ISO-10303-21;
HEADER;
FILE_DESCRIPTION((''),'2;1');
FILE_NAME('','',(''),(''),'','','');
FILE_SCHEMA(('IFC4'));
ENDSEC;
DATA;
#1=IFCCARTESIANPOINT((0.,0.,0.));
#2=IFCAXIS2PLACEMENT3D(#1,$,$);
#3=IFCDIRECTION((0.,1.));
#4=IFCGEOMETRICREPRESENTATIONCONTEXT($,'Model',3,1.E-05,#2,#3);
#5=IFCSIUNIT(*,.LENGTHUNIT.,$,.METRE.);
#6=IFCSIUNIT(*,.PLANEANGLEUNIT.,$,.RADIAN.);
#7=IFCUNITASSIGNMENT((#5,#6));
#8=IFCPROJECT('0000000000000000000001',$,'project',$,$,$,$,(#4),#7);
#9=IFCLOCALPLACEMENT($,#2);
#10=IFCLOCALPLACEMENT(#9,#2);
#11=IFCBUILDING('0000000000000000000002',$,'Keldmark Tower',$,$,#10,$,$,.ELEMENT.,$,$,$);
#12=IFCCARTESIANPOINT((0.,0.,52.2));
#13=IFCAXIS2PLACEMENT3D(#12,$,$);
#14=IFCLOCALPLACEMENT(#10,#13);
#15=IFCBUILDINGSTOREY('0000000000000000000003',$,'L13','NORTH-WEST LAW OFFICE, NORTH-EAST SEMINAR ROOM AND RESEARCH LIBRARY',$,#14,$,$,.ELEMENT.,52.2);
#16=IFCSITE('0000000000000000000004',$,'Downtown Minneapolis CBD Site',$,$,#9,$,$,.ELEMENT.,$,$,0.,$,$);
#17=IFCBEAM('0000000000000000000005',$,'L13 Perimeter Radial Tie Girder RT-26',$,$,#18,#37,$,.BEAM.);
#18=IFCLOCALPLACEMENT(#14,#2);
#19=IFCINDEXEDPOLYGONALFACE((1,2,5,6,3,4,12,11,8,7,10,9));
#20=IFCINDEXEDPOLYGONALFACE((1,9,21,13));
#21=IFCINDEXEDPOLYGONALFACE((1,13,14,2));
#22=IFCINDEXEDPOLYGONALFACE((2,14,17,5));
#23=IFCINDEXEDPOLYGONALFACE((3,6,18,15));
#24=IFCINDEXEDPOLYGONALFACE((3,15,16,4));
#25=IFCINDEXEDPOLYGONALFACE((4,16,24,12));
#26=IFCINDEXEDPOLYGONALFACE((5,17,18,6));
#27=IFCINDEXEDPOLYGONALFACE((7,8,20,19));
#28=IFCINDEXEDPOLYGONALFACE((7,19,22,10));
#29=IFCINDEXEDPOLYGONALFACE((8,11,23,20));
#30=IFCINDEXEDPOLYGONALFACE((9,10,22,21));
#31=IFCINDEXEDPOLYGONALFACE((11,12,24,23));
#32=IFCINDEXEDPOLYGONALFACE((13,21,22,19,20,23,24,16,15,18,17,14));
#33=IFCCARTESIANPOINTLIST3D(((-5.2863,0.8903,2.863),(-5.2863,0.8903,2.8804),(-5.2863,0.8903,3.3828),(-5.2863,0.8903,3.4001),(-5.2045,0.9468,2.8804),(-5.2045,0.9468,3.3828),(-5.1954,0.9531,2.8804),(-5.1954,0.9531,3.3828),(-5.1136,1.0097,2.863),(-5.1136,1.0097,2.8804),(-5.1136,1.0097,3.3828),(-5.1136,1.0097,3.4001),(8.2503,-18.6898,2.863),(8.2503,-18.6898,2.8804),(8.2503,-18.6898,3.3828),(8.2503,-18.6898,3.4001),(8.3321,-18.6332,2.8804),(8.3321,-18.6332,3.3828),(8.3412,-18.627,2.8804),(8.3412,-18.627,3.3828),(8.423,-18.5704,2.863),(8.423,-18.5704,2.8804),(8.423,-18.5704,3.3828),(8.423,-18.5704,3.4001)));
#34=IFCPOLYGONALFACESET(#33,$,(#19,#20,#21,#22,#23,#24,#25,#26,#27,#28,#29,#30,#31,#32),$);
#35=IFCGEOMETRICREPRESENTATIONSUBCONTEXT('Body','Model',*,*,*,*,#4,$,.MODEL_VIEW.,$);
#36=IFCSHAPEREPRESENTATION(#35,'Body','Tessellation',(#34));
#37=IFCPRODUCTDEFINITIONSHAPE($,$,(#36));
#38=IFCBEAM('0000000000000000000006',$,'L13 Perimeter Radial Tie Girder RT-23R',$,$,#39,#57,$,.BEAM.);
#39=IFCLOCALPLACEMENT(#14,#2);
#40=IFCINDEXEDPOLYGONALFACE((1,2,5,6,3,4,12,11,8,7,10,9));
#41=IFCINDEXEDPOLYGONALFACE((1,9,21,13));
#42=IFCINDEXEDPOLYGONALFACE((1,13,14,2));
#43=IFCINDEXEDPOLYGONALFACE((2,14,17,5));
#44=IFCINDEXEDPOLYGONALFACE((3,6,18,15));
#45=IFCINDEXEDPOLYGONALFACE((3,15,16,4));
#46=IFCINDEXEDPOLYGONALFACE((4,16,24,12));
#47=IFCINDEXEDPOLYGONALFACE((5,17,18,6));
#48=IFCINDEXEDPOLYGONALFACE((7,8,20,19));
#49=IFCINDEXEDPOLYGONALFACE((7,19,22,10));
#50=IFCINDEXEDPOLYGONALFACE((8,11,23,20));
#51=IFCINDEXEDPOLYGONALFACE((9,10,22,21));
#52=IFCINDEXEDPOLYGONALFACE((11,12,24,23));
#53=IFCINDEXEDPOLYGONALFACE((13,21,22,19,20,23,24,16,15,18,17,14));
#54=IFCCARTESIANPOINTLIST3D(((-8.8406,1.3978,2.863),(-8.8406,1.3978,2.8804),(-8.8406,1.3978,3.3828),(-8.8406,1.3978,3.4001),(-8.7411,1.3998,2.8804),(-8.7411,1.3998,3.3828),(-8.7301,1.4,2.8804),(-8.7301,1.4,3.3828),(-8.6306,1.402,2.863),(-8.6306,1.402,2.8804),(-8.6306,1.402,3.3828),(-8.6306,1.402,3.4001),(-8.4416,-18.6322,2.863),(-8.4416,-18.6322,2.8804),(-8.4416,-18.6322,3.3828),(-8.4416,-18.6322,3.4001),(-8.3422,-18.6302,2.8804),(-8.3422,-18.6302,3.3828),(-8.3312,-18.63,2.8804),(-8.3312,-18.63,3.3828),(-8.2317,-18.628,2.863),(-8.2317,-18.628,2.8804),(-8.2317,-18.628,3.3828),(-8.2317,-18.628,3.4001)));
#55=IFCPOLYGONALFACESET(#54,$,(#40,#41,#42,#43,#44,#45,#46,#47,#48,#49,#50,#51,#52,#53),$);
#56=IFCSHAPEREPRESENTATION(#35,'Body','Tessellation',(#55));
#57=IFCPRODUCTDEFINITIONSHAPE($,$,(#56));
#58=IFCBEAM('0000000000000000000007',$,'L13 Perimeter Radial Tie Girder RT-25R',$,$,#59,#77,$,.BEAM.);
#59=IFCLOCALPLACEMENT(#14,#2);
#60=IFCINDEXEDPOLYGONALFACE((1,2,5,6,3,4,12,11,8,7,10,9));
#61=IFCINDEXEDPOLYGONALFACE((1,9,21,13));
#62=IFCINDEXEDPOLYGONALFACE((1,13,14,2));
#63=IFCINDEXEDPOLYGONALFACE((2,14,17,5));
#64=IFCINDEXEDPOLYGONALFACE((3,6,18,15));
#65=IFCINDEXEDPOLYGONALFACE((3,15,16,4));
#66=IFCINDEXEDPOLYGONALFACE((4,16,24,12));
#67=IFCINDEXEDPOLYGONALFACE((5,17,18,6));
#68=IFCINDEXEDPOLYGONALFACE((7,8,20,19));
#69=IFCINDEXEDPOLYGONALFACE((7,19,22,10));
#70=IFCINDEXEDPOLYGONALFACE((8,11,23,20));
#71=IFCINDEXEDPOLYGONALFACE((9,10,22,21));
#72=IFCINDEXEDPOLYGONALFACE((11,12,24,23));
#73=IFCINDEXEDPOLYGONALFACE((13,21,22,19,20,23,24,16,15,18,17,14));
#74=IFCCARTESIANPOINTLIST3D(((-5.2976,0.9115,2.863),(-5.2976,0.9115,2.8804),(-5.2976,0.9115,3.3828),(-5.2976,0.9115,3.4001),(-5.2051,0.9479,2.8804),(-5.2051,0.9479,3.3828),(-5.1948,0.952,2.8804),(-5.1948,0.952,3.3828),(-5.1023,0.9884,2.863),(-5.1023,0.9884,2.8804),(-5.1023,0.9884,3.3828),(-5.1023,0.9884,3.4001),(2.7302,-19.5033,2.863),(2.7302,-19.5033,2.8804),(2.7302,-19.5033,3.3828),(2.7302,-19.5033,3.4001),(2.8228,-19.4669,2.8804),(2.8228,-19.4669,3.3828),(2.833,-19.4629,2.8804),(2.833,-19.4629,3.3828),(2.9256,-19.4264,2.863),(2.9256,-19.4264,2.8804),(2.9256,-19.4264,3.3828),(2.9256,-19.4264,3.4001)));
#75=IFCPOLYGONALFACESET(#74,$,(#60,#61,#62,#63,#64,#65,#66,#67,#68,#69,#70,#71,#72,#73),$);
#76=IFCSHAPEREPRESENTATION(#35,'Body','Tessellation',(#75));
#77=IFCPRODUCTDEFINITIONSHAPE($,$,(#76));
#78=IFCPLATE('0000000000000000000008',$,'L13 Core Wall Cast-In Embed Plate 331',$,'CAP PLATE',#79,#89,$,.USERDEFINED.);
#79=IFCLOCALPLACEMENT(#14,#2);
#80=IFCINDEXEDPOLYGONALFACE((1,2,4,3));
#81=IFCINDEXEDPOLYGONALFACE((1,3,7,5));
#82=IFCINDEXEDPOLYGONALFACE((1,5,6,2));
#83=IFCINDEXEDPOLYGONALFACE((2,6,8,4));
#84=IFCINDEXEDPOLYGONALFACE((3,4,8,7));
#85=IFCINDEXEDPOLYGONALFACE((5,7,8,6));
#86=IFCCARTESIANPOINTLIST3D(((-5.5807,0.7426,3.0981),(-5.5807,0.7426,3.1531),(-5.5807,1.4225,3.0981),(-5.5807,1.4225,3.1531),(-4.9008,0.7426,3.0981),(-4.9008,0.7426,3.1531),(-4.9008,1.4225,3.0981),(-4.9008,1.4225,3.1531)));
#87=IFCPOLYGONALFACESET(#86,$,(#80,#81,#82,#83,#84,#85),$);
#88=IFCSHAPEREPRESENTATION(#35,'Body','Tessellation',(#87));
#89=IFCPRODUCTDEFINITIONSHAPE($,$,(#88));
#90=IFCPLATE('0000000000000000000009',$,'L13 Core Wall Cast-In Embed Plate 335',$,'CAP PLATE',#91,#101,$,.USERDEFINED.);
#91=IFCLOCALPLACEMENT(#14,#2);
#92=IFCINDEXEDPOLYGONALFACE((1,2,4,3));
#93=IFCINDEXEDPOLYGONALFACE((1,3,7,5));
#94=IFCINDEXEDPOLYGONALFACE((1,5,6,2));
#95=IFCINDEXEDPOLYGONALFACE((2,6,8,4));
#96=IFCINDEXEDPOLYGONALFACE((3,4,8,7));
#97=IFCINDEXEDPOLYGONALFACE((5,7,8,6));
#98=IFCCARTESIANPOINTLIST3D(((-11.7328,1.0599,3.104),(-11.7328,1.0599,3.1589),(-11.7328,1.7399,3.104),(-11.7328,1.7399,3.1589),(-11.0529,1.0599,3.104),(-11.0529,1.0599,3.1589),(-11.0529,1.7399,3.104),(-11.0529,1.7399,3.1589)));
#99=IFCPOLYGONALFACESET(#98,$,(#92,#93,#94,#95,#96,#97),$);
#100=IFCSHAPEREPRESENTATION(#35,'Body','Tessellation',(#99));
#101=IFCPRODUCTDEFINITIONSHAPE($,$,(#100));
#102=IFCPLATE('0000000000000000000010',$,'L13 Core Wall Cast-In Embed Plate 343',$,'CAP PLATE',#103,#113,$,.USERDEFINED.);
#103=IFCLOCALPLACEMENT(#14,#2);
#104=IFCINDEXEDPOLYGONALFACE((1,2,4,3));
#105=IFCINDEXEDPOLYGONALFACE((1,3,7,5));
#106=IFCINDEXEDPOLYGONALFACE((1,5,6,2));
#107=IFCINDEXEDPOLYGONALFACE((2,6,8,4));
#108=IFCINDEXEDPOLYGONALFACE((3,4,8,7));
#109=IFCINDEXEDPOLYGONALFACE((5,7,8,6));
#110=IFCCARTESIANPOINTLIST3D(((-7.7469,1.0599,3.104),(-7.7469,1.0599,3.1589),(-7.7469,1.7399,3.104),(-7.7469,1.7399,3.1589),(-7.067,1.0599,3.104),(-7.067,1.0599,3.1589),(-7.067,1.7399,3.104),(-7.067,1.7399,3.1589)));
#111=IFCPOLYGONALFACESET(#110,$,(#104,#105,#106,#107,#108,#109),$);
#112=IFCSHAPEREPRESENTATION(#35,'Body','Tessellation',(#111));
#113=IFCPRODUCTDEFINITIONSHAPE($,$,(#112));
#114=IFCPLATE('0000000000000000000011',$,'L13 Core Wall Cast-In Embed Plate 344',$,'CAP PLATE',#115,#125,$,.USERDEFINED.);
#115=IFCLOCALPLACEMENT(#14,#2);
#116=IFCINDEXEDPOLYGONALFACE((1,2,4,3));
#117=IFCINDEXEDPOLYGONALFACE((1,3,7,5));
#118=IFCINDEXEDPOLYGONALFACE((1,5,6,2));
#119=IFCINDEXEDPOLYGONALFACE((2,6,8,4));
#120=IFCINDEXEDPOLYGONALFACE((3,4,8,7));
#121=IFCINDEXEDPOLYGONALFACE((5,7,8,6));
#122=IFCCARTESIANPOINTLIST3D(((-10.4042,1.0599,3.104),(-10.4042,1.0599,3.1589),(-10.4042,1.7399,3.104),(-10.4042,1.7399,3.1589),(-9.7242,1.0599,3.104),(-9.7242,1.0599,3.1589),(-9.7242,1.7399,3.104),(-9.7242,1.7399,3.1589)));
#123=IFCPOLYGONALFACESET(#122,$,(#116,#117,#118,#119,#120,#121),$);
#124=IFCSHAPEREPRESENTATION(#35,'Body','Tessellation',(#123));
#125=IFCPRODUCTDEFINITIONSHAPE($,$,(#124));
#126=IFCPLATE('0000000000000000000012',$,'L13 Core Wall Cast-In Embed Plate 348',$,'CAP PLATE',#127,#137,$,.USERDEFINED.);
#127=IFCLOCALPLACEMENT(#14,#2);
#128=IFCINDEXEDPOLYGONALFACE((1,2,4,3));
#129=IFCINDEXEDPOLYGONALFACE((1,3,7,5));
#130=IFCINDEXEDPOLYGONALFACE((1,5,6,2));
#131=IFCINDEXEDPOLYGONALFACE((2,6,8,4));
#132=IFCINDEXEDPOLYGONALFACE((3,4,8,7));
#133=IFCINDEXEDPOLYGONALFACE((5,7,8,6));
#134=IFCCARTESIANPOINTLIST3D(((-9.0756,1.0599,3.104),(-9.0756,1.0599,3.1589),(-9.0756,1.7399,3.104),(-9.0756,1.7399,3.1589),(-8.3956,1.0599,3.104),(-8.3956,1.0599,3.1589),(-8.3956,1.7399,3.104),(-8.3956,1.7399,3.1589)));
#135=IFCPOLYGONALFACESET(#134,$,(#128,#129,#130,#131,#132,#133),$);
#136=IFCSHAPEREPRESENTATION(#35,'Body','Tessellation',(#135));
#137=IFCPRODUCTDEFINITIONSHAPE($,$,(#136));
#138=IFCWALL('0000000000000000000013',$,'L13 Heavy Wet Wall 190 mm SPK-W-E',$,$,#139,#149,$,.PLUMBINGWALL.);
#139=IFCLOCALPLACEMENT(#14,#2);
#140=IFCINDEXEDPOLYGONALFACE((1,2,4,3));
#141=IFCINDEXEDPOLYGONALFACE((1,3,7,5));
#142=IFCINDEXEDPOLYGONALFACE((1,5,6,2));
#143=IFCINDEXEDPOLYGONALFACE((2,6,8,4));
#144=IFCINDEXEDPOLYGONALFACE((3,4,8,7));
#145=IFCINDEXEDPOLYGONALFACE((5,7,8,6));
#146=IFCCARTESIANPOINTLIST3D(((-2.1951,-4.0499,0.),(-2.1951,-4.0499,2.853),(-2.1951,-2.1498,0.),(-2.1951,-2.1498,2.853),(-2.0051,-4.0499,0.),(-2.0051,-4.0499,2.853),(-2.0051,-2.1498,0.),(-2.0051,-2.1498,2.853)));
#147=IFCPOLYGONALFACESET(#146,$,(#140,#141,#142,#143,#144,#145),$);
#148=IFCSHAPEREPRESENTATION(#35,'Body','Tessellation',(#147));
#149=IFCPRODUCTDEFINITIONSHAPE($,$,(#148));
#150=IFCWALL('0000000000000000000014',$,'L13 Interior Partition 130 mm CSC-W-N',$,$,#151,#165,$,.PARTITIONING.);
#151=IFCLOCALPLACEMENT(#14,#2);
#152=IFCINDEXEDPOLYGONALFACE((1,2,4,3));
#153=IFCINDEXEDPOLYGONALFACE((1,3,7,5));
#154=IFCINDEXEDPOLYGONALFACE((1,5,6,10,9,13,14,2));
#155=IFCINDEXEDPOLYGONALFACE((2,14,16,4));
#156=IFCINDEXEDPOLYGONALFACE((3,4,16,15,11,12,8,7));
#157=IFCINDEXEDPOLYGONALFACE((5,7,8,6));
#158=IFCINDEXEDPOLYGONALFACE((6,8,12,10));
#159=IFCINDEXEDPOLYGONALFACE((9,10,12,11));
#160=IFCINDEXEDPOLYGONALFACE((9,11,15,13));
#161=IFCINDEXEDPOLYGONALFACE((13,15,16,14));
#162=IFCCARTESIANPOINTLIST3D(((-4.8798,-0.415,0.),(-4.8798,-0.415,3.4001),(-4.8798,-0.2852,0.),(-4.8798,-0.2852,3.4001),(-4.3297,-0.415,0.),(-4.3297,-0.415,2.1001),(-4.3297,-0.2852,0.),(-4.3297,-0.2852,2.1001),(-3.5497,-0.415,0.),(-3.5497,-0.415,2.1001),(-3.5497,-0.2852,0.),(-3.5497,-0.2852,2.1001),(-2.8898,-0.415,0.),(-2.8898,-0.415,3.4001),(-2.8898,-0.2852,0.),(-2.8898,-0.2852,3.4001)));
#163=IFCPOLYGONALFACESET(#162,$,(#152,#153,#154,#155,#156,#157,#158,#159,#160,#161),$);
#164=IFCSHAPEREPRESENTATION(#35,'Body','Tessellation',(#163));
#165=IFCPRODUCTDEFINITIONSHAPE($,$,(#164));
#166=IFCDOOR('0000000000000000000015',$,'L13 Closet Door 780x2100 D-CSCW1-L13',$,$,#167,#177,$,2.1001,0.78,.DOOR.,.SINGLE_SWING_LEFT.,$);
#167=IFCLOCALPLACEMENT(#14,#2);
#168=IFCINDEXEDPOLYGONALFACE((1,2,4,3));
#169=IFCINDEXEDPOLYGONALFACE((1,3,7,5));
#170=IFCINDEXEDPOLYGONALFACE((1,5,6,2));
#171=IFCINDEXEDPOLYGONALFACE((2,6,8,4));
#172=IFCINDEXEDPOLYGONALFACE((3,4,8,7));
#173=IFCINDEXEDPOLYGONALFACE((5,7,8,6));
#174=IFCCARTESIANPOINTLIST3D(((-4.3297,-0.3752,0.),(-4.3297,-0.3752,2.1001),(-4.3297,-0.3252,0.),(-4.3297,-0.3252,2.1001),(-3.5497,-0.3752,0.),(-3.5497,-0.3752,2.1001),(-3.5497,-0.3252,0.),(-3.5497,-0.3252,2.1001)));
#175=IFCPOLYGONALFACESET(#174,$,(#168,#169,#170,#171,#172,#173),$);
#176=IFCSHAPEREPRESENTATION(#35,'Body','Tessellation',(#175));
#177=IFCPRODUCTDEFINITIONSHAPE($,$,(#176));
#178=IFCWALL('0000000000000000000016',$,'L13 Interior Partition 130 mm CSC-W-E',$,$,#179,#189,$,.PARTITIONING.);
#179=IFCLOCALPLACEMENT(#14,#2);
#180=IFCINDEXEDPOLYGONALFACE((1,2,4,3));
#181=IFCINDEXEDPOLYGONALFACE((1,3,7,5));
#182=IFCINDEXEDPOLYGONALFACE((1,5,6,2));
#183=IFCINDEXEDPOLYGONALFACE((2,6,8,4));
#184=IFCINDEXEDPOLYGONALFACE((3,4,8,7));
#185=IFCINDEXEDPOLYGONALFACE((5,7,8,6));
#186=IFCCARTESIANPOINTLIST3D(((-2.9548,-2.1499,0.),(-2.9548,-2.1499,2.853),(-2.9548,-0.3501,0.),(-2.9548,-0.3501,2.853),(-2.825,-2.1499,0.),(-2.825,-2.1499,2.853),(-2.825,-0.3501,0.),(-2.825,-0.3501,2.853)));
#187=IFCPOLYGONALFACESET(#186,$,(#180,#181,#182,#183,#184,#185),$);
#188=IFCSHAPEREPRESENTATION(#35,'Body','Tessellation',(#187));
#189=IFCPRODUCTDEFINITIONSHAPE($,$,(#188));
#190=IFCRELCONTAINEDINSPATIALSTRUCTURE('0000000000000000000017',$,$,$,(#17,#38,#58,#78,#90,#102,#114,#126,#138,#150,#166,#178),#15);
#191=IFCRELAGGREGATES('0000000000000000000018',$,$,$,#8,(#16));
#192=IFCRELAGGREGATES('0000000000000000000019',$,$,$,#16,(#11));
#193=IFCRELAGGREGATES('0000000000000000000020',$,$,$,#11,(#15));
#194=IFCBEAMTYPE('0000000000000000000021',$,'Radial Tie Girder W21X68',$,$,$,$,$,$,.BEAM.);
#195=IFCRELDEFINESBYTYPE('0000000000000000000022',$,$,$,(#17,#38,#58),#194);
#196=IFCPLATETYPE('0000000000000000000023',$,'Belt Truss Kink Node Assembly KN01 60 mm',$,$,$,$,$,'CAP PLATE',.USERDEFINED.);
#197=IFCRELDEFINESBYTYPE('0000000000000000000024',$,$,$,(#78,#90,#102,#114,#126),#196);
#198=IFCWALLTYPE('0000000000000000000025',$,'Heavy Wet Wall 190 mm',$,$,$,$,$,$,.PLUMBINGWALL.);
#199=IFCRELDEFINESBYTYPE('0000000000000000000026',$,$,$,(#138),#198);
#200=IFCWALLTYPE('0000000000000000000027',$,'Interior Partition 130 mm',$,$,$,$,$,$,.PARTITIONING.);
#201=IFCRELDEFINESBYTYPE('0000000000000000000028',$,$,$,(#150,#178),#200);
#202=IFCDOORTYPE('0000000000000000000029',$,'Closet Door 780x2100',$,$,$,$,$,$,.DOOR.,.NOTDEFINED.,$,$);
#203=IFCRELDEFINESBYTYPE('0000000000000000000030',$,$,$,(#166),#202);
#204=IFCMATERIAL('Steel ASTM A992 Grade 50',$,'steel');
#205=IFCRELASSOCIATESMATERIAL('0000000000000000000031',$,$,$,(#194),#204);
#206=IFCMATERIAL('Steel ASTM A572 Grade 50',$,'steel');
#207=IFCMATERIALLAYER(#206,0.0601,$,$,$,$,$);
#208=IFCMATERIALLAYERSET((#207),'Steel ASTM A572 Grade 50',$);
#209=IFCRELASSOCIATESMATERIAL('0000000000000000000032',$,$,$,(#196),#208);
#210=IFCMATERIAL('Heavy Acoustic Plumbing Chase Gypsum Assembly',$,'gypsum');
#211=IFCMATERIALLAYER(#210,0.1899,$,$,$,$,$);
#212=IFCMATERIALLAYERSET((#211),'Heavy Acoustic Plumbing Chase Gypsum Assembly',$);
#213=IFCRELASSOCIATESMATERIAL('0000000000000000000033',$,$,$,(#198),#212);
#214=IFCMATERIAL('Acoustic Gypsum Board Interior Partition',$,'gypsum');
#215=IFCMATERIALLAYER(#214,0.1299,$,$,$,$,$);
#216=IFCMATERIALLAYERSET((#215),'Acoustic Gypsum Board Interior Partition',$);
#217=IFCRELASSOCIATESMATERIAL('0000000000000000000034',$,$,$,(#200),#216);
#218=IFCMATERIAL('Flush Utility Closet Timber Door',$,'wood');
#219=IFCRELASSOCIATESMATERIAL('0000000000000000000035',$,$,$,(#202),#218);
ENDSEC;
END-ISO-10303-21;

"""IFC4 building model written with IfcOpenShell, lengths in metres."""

from ifc_helpers import new_model, si_unit, direction, frame, frame_2d, origin, origin_2d, place, context, subcontext, project, spatial, rectangle, i_section, extrude, material, layer, layer_set, material_profile, profile_set, type_object, element, fill, save


model = new_model("IFC4")

# Units and contexts
model_context = context("Model", 3, precision=1e-05, world=origin(), true_north=direction((0.0, 1.0)))
body_context = subcontext(model_context, "Body", "Model", "MODEL_VIEW")
ifc_project = project(units=[si_unit("LENGTHUNIT", "METRE"), si_unit("PLANEANGLEUNIT", "RADIAN")], contexts=[model_context])

# Site, building, storey
site_placement = place(None, origin())
site = spatial("IfcSite", under=ifc_project, at=site_placement, Name="Downtown Minneapolis CBD Site", CompositionType="ELEMENT", RefElevation=0.0)
building_placement = place(site_placement, origin())
building = spatial("IfcBuilding", under=site, at=building_placement, Name="Keldmark Tower", CompositionType="ELEMENT")
storey_placement = place(building_placement, frame((0.0, 0.0, 52.2)))
storey = spatial("IfcBuildingStorey", under=building, at=storey_placement, Name="L13", Description="NORTH-WEST LAW OFFICE, NORTH-EAST SEMINAR ROOM AND RESEARCH LIBRARY", CompositionType="ELEMENT", Elevation=52.2)

# Beams
ifc_material_1 = material(Name="Steel ASTM A992 Grade 50", Category="steel")
ifc_material_profile_1 = material_profile(ifc_material_1, i_section(OverallWidth=0.21, OverallDepth=0.5371, WebThickness=0.011, FlangeThickness=0.0173, at=origin_2d()), Name="W21X68")
ifc_profile_set_1 = profile_set([ifc_material_profile_1], Name="Steel ASTM A992 Grade 50")
beam_type_1 = type_object("IfcBeamType", Name="Radial Tie Girder W21X68", PredefinedType="BEAM", material=ifc_profile_set_1)
beam_1_placement = place(storey_placement, frame((-5.2, 0.95, 3.1316), z_axis=(0.568675, -0.822562, 0.0), x_axis=(0.822562, 0.568675, 0.0)))
element("IfcBeam", 1, at=beam_1_placement, inside=storey, type_object=beam_type_1, Name="L13 Perimeter Radial Tie Girder RT-26", PredefinedType="BEAM", context=body_context, shape_type="SweptSolid", body=[
    extrude(i_section(OverallWidth=0.21, OverallDepth=0.5371, WebThickness=0.011, FlangeThickness=0.0173, at=origin_2d()), origin(), (0.0, 0.0, 1.0), 23.8037),
])
beam_2_placement = place(storey_placement, frame((-8.7356, 1.3999, 3.1316), z_axis=(0.019912, -0.999802, 0.0), x_axis=(0.999802, 0.019912, 0.0)))
element("IfcBeam", 2, at=beam_2_placement, inside=storey, type_object=beam_type_1, Name="L13 Perimeter Radial Tie Girder RT-23R", PredefinedType="BEAM", context=body_context, shape_type="SweptSolid", body=[
    extrude(i_section(OverallWidth=0.21, OverallDepth=0.5371, WebThickness=0.011, FlangeThickness=0.0173, at=origin_2d()), origin(), (0.0, 0.0, 1.0), 20.0339),
])
beam_3_placement = place(storey_placement, frame((-5.2, 0.95, 3.1316), z_axis=(0.365958, -0.930631, 0.0), x_axis=(0.930631, 0.365958, 0.0)))
element("IfcBeam", 3, at=beam_3_placement, inside=storey, type_object=beam_type_1, Name="L13 Perimeter Radial Tie Girder RT-25R", PredefinedType="BEAM", context=body_context, shape_type="SweptSolid", body=[
    extrude(i_section(OverallWidth=0.21, OverallDepth=0.5371, WebThickness=0.011, FlangeThickness=0.0173, at=origin_2d()), origin(), (0.0, 0.0, 1.0), 21.9365),
])

# Plates
ifc_material_2 = material(Name="Steel ASTM A572 Grade 50", Category="steel")
ifc_layer_1 = layer(ifc_material_2, 0.0601)
ifc_layer_set_1 = layer_set([ifc_layer_1], Name="Steel ASTM A572 Grade 50")
plate_type = type_object("IfcPlateType", Name="Belt Truss Kink Node Assembly KN01 60 mm", ElementType="CAP PLATE", PredefinedType="USERDEFINED", material=ifc_layer_set_1)
for number, where, z_axis, x_axis, name in (
    (4, (-5.2407, 1.0825, 3.0981), (0.0, 0.0, 1.0), (1.0, 0.0, 0.0), "L13 Core Wall Cast-In Embed Plate 331"),
    (5, (-11.3928, 1.3999, 3.104), (0.0, 0.0, 1.0), (1.0, 0.0, 0.0), "L13 Core Wall Cast-In Embed Plate 335"),
    (6, (-7.407, 1.3999, 3.104), (0.0, 0.0, 1.0), (1.0, 0.0, 0.0), "L13 Core Wall Cast-In Embed Plate 343"),
    (7, (-10.0642, 1.3999, 3.104), (0.0, 0.0, 1.0), (1.0, 0.0, 0.0), "L13 Core Wall Cast-In Embed Plate 344"),
    (8, (-8.7356, 1.3999, 3.104), (0.0, 0.0, 1.0), (1.0, 0.0, 0.0), "L13 Core Wall Cast-In Embed Plate 348"),
):
    element("IfcPlate", number, at=place(storey_placement, frame(where, z_axis=z_axis, x_axis=x_axis)), inside=storey, type_object=plate_type, Name=name, ObjectType="CAP PLATE", PredefinedType="USERDEFINED", context=body_context, shape_type="SweptSolid", body=[
        extrude(rectangle(XDim=0.6799, YDim=0.6799, at=origin_2d()), origin(), (0.0, 0.0, 1.0), 0.0549),
    ])

# Wall
ifc_material_3 = material(Name="Heavy Acoustic Plumbing Chase Gypsum Assembly", Category="gypsum")
ifc_layer_2 = layer(ifc_material_3, 0.1899)
ifc_layer_set_2 = layer_set([ifc_layer_2], Name="Heavy Acoustic Plumbing Chase Gypsum Assembly")
wall_type_1 = type_object("IfcWallType", Name="Heavy Wet Wall 190 mm", PredefinedType="PLUMBINGWALL", material=ifc_layer_set_2)
wall_1_placement = place(storey_placement, frame((-2.1001, -4.05, 0.0), z_axis=(0.0, 0.0, 1.0), x_axis=(0.0, 1.0, 0.0)))
element("IfcWall", 9, at=wall_1_placement, inside=storey, type_object=wall_type_1, Name="L13 Heavy Wet Wall 190 mm SPK-W-E", PredefinedType="PLUMBINGWALL", context=body_context, shape_type="SweptSolid", body=[
    extrude(rectangle(XDim=1.9001, YDim=0.1899, at=frame_2d((0.9502, 0.0))), origin(), (0.0, 0.0, 1.0), 2.853),
])

# Wall, opening, door
ifc_material_4 = material(Name="Acoustic Gypsum Board Interior Partition", Category="gypsum")
ifc_layer_3 = layer(ifc_material_4, 0.1299)
ifc_layer_set_3 = layer_set([ifc_layer_3], Name="Acoustic Gypsum Board Interior Partition")
wall_type_2 = type_object("IfcWallType", Name="Interior Partition 130 mm", PredefinedType="PARTITIONING", material=ifc_layer_set_3)
wall_2_placement = place(storey_placement, frame((-4.8799, -0.3501, 0.0), z_axis=(0.0, 0.0, 1.0), x_axis=(1.0, 0.0, 0.0)))
wall_2 = element("IfcWall", 10, at=wall_2_placement, inside=storey, type_object=wall_type_2, Name="L13 Interior Partition 130 mm CSC-W-N", PredefinedType="PARTITIONING", context=body_context, shape_type="SweptSolid", body=[
    extrude(rectangle(XDim=1.99, YDim=0.1299, at=frame_2d((0.9951, 0.0))), origin(), (0.0, 0.0, 1.0), 3.4001),
])
opening_1_placement = place(wall_2_placement, frame((0.55, 0.0, 0.0)))
opening_1 = element("IfcOpeningElement", 11, at=opening_1_placement, cuts=wall_2, PredefinedType="OPENING", context=body_context, shape_type="SweptSolid", body=[
    extrude(rectangle(XDim=0.78, YDim=2.1001, at=frame_2d((0.3901, 1.05))), frame((0.0, 0.075, 0.0), z_axis=(0.0, -1.0, 0.0), x_axis=(1.0, 0.0, 0.0)), (0.0, 0.0, 1.0), 0.1499),
])
ifc_material_5 = material(Name="Flush Utility Closet Timber Door", Category="wood")
door_type_1 = type_object("IfcDoorType", Name="Closet Door 780x2100", OperationType="NOTDEFINED", PredefinedType="DOOR", material=ifc_material_5)
door_1_placement = place(opening_1_placement, origin())
door_1 = element("IfcDoor", 12, at=door_1_placement, inside=storey, type_object=door_type_1, Name="L13 Closet Door 780x2100 D-CSCW1-L13", OperationType="SINGLE_SWING_LEFT", OverallHeight=2.1001, OverallWidth=0.78, PredefinedType="DOOR", context=body_context, shape_type="SweptSolid", body=[
    extrude(rectangle(XDim=0.78, YDim=2.1001, at=frame_2d((0.3901, 1.05))), frame((0.0, 0.0249, 0.0), z_axis=(0.0, -1.0, 0.0), x_axis=(1.0, 0.0, 0.0)), (0.0, 0.0, 1.0), 0.05),
])
fill(opening_1, door_1)

# Wall
wall_3_placement = place(storey_placement, frame((-2.8899, -2.1499, 0.0), z_axis=(0.0, 0.0, 1.0), x_axis=(0.0, 1.0, 0.0)))
element("IfcWall", 13, at=wall_3_placement, inside=storey, type_object=wall_type_2, Name="L13 Interior Partition 130 mm CSC-W-E", PredefinedType="PARTITIONING", context=body_context, shape_type="SweptSolid", body=[
    extrude(rectangle(XDim=1.7998, YDim=0.1299, at=frame_2d((0.8999, 0.0))), origin(), (0.0, 0.0, 1.0), 2.853),
])

save(model, "model.ifc")
